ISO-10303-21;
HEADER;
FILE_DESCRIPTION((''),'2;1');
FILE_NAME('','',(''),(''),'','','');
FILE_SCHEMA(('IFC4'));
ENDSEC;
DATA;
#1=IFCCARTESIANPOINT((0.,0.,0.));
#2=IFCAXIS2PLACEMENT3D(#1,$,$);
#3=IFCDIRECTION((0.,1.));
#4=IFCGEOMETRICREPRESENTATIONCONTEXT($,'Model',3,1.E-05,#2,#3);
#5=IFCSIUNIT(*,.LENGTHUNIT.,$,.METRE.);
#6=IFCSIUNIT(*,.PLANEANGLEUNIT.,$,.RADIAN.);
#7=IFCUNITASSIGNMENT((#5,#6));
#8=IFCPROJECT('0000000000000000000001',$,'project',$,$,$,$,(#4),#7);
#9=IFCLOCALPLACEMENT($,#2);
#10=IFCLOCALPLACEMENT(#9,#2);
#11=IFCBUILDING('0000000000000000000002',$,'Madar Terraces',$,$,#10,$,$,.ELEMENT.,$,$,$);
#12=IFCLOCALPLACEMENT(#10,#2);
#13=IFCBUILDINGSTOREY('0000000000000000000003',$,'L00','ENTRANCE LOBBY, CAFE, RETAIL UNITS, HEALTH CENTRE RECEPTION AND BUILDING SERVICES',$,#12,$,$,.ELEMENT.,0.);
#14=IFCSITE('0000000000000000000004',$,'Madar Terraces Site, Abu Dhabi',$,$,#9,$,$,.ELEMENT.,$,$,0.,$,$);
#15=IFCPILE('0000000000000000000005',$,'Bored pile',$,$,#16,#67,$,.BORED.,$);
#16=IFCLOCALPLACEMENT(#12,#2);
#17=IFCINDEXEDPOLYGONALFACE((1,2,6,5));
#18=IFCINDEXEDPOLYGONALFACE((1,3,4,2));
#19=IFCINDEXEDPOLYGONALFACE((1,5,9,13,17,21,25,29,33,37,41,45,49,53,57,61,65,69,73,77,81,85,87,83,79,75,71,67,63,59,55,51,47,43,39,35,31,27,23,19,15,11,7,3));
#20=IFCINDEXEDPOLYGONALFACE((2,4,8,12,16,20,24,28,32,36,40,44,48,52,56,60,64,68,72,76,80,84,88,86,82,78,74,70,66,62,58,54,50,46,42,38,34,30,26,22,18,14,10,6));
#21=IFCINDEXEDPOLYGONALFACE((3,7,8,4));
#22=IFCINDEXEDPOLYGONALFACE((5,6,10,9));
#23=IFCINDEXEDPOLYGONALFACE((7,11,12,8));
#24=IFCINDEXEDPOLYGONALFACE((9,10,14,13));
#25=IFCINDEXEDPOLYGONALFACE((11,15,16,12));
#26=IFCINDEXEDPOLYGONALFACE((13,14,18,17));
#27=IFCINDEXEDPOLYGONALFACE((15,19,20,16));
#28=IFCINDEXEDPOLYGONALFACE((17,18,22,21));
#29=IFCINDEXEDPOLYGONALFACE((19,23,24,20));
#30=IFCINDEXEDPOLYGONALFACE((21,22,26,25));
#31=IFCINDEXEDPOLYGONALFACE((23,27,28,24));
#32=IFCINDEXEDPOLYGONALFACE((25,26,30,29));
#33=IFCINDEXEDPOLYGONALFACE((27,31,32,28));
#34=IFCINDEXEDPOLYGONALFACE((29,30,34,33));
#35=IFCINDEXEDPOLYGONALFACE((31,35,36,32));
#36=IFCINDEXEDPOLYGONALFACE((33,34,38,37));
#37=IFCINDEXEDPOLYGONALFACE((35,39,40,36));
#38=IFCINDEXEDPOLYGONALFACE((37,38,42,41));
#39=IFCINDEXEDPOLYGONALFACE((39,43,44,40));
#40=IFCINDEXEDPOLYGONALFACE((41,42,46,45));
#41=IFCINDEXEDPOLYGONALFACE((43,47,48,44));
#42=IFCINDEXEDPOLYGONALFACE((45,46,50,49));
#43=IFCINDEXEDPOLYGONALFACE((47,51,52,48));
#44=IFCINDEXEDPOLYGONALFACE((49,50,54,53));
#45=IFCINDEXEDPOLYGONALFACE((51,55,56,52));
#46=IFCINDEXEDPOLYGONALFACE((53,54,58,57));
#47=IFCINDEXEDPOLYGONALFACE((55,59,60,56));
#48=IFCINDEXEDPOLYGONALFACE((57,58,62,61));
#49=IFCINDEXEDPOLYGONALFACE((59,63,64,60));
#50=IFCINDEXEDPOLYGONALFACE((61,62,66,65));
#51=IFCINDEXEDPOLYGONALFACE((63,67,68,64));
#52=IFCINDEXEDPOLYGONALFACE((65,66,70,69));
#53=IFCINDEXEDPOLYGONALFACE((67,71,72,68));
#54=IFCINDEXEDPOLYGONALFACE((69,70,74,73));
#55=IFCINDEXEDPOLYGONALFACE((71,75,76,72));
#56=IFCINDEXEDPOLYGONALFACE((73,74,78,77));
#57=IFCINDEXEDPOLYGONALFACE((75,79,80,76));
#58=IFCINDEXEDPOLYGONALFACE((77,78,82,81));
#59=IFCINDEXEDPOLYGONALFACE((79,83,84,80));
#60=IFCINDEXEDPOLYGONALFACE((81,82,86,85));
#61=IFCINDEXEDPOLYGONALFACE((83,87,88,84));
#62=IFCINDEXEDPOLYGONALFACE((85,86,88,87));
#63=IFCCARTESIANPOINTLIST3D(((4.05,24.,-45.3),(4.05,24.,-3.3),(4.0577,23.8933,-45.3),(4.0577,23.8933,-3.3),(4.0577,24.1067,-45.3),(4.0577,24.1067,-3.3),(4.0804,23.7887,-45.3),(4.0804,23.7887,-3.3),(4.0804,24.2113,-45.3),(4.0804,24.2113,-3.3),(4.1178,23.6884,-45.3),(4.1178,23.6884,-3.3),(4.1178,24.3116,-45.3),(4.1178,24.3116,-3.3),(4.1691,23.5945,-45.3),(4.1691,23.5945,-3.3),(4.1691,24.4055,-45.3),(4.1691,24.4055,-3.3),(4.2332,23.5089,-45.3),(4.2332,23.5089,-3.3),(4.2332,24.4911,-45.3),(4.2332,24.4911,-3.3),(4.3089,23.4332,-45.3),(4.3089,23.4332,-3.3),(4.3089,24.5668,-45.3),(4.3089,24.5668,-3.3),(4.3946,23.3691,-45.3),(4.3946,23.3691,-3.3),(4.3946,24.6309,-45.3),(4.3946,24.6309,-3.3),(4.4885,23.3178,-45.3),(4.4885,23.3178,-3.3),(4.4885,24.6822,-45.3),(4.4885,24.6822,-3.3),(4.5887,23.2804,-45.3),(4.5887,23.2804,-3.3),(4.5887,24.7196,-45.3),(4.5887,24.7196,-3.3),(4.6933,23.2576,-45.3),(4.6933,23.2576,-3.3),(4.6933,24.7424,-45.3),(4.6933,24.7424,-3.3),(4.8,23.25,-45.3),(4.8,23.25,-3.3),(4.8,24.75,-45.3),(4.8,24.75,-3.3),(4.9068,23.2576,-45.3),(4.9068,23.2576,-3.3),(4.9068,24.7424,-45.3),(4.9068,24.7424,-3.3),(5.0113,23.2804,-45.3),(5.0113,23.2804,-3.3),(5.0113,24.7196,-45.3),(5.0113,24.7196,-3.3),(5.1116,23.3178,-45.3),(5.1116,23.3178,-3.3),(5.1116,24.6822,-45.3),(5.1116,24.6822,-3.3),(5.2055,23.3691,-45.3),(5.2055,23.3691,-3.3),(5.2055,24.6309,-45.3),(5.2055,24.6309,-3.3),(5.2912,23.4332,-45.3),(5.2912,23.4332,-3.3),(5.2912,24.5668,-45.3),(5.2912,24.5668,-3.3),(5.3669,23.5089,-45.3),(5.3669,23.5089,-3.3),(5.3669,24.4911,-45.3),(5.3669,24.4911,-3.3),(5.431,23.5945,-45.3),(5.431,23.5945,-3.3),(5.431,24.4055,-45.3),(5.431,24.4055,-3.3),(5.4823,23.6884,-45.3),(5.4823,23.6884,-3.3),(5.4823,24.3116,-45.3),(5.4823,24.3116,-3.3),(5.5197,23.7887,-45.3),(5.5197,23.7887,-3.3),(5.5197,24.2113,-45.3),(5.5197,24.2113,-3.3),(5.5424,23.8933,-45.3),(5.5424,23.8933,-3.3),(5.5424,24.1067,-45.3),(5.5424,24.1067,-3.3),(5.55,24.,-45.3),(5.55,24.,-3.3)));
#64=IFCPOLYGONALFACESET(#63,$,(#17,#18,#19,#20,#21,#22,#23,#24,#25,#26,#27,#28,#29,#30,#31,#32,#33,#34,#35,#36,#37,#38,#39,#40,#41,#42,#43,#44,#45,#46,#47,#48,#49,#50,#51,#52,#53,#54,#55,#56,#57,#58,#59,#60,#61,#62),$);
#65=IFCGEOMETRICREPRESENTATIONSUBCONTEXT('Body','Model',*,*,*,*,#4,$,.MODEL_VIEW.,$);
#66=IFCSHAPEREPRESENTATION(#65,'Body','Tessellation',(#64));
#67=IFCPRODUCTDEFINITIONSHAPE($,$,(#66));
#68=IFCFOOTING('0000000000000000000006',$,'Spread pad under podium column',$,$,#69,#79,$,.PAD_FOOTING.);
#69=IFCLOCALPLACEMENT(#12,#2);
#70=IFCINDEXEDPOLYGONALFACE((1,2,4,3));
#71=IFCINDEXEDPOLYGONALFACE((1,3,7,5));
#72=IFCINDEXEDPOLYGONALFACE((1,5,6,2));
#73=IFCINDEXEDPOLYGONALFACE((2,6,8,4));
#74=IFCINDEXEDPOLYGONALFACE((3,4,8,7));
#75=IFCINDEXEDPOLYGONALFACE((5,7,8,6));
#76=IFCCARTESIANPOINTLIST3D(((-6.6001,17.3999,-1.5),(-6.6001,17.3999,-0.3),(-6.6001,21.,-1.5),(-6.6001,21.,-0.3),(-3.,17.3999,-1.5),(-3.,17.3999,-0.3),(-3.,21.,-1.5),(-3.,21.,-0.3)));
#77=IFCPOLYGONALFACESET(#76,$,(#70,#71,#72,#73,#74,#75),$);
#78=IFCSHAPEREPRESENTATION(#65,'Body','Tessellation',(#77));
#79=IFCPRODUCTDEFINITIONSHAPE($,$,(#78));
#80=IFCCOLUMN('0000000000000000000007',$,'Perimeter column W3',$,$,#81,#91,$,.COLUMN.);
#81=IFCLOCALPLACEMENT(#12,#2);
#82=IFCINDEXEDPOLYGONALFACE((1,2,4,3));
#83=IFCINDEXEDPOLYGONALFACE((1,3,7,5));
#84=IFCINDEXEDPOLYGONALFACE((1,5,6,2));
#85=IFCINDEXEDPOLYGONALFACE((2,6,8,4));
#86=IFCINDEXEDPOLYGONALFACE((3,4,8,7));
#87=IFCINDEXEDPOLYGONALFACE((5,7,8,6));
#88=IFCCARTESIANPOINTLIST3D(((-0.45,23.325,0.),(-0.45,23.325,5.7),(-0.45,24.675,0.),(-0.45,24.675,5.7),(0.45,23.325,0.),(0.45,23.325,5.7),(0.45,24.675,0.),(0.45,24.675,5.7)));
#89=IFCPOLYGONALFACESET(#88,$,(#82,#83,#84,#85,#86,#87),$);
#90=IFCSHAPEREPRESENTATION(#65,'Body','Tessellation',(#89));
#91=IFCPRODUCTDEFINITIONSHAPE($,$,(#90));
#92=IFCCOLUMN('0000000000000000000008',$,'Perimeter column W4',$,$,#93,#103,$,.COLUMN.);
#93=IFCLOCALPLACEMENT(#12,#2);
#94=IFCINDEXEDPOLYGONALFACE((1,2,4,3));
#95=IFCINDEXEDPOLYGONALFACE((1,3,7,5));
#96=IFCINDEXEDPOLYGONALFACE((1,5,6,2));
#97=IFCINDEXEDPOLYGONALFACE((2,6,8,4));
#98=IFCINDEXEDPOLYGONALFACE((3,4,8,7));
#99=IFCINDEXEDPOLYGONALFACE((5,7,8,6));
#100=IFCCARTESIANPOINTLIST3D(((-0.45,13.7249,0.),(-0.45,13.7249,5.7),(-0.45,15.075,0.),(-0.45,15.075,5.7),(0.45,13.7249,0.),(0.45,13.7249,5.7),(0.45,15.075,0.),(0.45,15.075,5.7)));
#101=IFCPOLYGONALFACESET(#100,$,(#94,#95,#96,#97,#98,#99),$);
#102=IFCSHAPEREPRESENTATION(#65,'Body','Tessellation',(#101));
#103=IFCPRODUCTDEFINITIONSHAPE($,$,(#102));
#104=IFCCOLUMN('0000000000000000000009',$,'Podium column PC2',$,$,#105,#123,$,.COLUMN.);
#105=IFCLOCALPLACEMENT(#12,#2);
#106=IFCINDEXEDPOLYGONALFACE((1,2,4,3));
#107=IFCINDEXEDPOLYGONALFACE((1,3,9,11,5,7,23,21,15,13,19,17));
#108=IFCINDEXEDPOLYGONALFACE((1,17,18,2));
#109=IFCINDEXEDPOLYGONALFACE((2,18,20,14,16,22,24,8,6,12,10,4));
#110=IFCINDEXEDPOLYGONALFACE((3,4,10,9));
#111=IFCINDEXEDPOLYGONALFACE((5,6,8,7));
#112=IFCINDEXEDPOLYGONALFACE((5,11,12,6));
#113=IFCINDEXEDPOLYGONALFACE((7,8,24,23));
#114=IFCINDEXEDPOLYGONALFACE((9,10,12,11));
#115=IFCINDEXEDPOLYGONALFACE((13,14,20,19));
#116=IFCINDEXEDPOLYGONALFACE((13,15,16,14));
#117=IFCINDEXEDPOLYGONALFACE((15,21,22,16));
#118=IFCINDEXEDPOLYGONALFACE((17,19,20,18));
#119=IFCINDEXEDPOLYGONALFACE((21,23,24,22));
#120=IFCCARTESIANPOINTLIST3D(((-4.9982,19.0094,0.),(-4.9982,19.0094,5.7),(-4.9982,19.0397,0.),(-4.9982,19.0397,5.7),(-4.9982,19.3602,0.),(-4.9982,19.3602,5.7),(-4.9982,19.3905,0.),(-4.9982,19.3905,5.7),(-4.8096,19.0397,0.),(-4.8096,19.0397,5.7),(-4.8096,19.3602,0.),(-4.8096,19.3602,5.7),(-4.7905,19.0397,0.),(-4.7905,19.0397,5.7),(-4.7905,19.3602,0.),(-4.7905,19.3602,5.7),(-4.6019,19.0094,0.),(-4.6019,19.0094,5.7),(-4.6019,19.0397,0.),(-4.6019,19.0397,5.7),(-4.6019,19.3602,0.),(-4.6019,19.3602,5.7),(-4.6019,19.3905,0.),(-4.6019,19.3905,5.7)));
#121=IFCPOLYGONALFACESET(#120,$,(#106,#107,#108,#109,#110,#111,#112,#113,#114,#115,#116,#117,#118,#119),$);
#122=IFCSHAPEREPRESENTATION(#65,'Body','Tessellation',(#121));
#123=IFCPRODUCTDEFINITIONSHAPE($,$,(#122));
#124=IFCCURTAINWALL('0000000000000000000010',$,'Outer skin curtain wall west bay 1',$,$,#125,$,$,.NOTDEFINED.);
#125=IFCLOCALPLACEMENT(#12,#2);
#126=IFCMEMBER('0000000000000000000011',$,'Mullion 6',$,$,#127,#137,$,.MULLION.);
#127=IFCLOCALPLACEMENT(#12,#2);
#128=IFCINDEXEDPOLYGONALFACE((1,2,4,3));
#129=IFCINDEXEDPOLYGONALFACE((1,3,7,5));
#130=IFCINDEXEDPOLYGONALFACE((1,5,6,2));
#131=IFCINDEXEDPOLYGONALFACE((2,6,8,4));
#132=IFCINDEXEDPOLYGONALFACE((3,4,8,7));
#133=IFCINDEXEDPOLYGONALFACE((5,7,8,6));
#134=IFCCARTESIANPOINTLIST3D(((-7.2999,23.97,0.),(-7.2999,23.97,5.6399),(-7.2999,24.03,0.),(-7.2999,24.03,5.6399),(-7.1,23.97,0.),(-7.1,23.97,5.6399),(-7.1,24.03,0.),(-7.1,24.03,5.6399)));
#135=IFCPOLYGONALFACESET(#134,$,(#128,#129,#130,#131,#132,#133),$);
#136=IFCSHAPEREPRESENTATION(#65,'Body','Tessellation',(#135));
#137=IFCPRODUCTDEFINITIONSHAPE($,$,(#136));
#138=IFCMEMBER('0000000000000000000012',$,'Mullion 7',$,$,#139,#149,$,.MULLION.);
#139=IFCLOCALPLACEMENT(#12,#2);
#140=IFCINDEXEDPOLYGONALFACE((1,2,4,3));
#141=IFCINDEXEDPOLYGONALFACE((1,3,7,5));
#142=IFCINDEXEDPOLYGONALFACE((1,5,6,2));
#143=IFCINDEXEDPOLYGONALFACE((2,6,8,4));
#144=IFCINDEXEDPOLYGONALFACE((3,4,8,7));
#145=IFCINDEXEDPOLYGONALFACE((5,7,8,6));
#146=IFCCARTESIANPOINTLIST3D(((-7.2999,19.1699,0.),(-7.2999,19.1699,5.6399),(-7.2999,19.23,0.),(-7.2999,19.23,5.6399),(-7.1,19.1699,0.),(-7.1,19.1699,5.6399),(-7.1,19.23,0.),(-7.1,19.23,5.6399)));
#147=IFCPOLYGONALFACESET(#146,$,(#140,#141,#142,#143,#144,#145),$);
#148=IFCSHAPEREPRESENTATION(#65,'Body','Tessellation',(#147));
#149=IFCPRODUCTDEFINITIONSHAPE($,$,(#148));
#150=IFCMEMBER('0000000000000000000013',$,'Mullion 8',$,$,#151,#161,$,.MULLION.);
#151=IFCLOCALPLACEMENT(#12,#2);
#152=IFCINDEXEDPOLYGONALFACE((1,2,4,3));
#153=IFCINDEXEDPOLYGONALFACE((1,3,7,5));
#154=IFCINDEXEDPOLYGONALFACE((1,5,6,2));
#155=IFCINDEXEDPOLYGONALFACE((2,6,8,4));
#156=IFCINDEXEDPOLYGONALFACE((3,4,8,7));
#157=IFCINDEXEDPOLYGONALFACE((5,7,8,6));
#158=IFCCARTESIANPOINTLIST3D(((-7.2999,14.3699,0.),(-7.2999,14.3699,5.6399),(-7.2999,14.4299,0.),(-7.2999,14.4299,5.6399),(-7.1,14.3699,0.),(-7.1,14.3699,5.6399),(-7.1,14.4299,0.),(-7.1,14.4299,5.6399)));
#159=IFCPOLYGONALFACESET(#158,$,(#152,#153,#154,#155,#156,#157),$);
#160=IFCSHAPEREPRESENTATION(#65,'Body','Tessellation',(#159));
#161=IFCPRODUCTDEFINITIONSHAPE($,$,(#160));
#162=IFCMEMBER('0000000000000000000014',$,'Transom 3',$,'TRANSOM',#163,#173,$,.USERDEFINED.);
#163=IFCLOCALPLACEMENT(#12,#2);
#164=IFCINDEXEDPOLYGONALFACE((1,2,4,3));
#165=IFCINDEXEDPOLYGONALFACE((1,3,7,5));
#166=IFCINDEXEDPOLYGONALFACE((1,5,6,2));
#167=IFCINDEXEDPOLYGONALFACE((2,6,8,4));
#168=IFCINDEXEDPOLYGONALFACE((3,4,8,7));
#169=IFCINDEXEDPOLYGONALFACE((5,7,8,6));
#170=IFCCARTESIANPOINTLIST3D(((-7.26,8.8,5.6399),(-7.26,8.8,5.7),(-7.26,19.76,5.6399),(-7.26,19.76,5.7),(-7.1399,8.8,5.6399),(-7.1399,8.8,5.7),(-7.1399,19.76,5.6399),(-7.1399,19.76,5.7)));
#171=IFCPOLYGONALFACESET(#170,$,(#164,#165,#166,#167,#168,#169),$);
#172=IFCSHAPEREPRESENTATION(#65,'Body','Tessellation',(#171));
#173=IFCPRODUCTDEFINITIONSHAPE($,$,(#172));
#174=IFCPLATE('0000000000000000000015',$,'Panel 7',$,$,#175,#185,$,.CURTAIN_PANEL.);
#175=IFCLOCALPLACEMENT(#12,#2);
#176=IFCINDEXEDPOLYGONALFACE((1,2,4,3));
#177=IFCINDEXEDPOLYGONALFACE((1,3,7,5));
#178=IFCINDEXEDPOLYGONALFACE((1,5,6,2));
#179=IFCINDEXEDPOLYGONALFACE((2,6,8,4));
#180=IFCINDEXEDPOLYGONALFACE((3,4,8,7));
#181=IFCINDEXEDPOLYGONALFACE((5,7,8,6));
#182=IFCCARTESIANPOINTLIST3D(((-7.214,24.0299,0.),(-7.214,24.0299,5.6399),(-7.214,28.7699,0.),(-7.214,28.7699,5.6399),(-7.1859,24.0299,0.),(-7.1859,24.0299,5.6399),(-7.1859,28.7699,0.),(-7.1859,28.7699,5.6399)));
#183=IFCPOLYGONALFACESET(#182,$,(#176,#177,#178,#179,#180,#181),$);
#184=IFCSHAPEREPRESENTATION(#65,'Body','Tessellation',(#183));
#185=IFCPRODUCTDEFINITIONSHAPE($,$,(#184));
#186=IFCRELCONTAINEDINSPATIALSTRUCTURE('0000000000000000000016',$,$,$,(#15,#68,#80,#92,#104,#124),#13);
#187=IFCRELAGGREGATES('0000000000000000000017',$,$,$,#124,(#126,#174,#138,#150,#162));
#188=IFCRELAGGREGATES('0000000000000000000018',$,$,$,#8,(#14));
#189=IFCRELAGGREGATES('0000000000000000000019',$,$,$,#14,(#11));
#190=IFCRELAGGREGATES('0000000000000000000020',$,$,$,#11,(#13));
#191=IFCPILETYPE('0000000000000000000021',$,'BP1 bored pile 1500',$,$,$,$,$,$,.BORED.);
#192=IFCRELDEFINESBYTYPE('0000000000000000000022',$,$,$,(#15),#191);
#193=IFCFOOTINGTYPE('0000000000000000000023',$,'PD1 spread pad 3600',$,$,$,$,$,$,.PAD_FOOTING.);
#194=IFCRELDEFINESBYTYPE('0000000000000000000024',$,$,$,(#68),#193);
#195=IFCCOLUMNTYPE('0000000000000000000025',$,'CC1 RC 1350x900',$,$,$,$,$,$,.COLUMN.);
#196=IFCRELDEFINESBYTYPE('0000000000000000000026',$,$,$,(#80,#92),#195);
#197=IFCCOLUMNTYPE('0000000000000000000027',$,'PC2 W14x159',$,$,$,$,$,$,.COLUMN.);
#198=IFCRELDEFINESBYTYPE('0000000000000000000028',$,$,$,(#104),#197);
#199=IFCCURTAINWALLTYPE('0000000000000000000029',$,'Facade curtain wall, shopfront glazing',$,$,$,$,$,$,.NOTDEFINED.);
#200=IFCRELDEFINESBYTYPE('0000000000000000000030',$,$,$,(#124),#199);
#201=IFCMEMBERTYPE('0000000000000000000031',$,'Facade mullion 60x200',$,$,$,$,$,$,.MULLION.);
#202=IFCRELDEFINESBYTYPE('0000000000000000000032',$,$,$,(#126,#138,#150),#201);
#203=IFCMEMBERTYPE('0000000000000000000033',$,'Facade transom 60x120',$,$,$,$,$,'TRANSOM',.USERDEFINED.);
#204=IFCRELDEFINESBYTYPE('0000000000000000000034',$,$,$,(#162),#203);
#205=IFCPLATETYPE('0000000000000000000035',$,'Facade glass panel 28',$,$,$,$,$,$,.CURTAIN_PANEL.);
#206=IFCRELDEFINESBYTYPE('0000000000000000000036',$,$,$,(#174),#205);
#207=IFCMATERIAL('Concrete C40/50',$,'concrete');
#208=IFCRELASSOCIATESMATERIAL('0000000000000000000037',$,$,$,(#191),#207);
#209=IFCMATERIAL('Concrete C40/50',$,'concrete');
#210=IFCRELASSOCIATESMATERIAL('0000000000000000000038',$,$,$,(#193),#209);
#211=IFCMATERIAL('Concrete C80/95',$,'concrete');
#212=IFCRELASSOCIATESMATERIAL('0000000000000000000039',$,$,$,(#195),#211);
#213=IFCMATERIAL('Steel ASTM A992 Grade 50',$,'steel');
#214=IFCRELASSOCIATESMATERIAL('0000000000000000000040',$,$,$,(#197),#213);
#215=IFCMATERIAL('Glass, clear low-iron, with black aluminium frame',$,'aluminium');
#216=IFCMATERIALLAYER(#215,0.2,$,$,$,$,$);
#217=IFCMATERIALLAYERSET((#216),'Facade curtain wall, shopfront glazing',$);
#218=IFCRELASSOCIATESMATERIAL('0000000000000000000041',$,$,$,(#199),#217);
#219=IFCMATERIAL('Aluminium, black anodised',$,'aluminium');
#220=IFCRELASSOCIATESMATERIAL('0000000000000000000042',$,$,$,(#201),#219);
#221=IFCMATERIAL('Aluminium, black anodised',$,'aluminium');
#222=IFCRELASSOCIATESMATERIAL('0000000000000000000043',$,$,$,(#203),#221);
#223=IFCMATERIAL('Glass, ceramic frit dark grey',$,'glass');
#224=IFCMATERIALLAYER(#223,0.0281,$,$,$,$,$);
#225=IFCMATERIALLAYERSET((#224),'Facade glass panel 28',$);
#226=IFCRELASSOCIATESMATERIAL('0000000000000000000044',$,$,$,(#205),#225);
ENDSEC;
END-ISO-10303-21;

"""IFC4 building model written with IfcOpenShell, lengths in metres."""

from ifc_helpers import new_model, si_unit, direction, frame, origin, origin_2d, place, context, subcontext, project, spatial, rectangle, circle, i_section, extrude, material, layer, layer_set, material_profile, profile_set, type_object, element, aggregate, save


model = new_model("IFC4")

# Units and contexts
model_context = context("Model", 3, precision=1e-05, world=origin(), true_north=direction((0.0, 1.0)))
body_context = subcontext(model_context, "Body", "Model", "MODEL_VIEW")
ifc_project = project(units=[si_unit("LENGTHUNIT", "METRE"), si_unit("PLANEANGLEUNIT", "RADIAN")], contexts=[model_context])

# Site, building, storey
site_placement = place(None, origin())
site = spatial("IfcSite", under=ifc_project, at=site_placement, Name="Madar Terraces Site, Abu Dhabi", CompositionType="ELEMENT", RefElevation=0.0)
building_placement = place(site_placement, origin())
building = spatial("IfcBuilding", under=site, at=building_placement, Name="Madar Terraces", CompositionType="ELEMENT")
storey_placement = place(building_placement, origin())
storey = spatial("IfcBuildingStorey", under=building, at=storey_placement, Name="L00", Description="ENTRANCE LOBBY, CAFE, RETAIL UNITS, HEALTH CENTRE RECEPTION AND BUILDING SERVICES", CompositionType="ELEMENT", Elevation=0.0)

# Pile
ifc_material_1 = material(Name="Concrete C40/50", Category="concrete")
ifc_material_profile_1 = material_profile(ifc_material_1, circle(Radius=0.75, at=origin_2d()), Name="BP1 bored pile 1500")
ifc_profile_set_1 = profile_set([ifc_material_profile_1], Name="Concrete C40/50")
pile_type = type_object("IfcPileType", Name="BP1 bored pile 1500", PredefinedType="BORED", material=ifc_profile_set_1)
for number, where, z_axis, x_axis, name in (
    (1, (4.8, 24.0, -3.3), (0.0, 0.0, -1.0), (1.0, 0.0, 0.0), "Bored pile"),
):
    element("IfcPile", number, at=place(storey_placement, frame(where, z_axis=z_axis, x_axis=x_axis)), inside=storey, type_object=pile_type, Name=name, PredefinedType="BORED", context=body_context, shape_type="SweptSolid", body=[
        extrude(circle(Radius=0.75, at=origin_2d()), origin(), (0.0, 0.0, 1.0), 42.0),
    ])

# Footing
ifc_material_2 = material(Name="Concrete C40/50", Category="concrete")
footing_type = type_object("IfcFootingType", Name="PD1 spread pad 3600", PredefinedType="PAD_FOOTING", material=ifc_material_2)
footing_placement = place(storey_placement, frame((-4.8, 19.2, -1.5), z_axis=(0.0, 0.0, 1.0), x_axis=(1.0, 0.0, 0.0)))
element("IfcFooting", 2, at=footing_placement, inside=storey, type_object=footing_type, Name="Spread pad under podium column", PredefinedType="PAD_FOOTING", context=body_context, shape_type="SweptSolid", body=[
    extrude(rectangle(XDim=3.6001, YDim=3.6001, at=origin_2d()), origin(), (0.0, 0.0, 1.0), 1.2),
])

# Columns
ifc_material_3 = material(Name="Concrete C80/95", Category="concrete")
ifc_material_profile_2 = material_profile(ifc_material_3, rectangle(XDim=1.3501, YDim=0.8999, at=origin_2d()), Name="CC1 RC 1350x900")
ifc_profile_set_2 = profile_set([ifc_material_profile_2], Name="Concrete C80/95")
column_type_1 = type_object("IfcColumnType", Name="CC1 RC 1350x900", PredefinedType="COLUMN", material=ifc_profile_set_2)
for number, where, z_axis, x_axis, name in (
    (3, (0.0, 24.0, 0.0), (0.0, 0.0, 1.0), (0.0, 1.0, 0.0), "Perimeter column W3"),
    (4, (0.0, 14.3999, 0.0), (0.0, 0.0, 1.0), (0.0, 1.0, 0.0), "Perimeter column W4"),
):
    element("IfcColumn", number, at=place(storey_placement, frame(where, z_axis=z_axis, x_axis=x_axis)), inside=storey, type_object=column_type_1, Name=name, PredefinedType="COLUMN", context=body_context, shape_type="SweptSolid", body=[
        extrude(rectangle(XDim=1.3501, YDim=0.8999, at=origin_2d()), origin(), (0.0, 0.0, 1.0), 5.7),
    ])
ifc_material_4 = material(Name="Steel ASTM A992 Grade 50", Category="steel")
ifc_material_profile_3 = material_profile(ifc_material_4, i_section(OverallWidth=0.3962, OverallDepth=0.3811, WebThickness=0.019, FlangeThickness=0.0303, at=origin_2d()), Name="W14x159")
ifc_profile_set_3 = profile_set([ifc_material_profile_3], Name="Steel ASTM A992 Grade 50")
column_type_2 = type_object("IfcColumnType", Name="PC2 W14x159", PredefinedType="COLUMN", material=ifc_profile_set_3)
column_placement = place(storey_placement, frame((-4.8, 19.2, 0.0), z_axis=(0.0, 0.0, 1.0), x_axis=(1.0, 0.0, 0.0)))
element("IfcColumn", 5, at=column_placement, inside=storey, type_object=column_type_2, Name="Podium column PC2", PredefinedType="COLUMN", context=body_context, shape_type="SweptSolid", body=[
    extrude(i_section(OverallWidth=0.3962, OverallDepth=0.3811, WebThickness=0.019, FlangeThickness=0.0303, at=origin_2d()), origin(), (0.0, 0.0, 1.0), 5.7),
])

# Curtain wall, members, plate
ifc_material_5 = material(Name="Glass, clear low-iron, with black aluminium frame", Category="aluminium")
ifc_layer_1 = layer(ifc_material_5, 0.2)
ifc_layer_set_1 = layer_set([ifc_layer_1], Name="Facade curtain wall, shopfront glazing")
curtain_wall_type = type_object("IfcCurtainWallType", Name="Facade curtain wall, shopfront glazing", PredefinedType="NOTDEFINED", material=ifc_layer_set_1)
curtain_wall_placement = place(storey_placement, origin())
curtain_wall = element("IfcCurtainWall", 6, at=curtain_wall_placement, inside=storey, type_object=curtain_wall_type, Name="Outer skin curtain wall west bay 1", PredefinedType="NOTDEFINED")
ifc_material_6 = material(Name="Aluminium, black anodised", Category="aluminium")
ifc_material_profile_4 = material_profile(ifc_material_6, rectangle(XDim=0.2, YDim=0.0601, at=origin_2d()), Name="Facade mullion 60x200")
ifc_profile_set_4 = profile_set([ifc_material_profile_4], Name="Aluminium, black anodised")
member_type_1 = type_object("IfcMemberType", Name="Facade mullion 60x200", PredefinedType="MULLION", material=ifc_profile_set_4)
member_1_placement = place(storey_placement, frame((-7.2, 24.0, 0.0), z_axis=(0.0, 0.0, 1.0), x_axis=(1.0, 0.0, 0.0)))
member_1 = element("IfcMember", 7, at=member_1_placement, type_object=member_type_1, Name="Mullion 6", PredefinedType="MULLION", context=body_context, shape_type="SweptSolid", body=[
    extrude(rectangle(XDim=0.2, YDim=0.0601, at=origin_2d()), origin(), (0.0, 0.0, 1.0), 5.6399),
])
member_2_placement = place(storey_placement, frame((-7.2, 19.2, 0.0), z_axis=(0.0, 0.0, 1.0), x_axis=(1.0, 0.0, 0.0)))
member_2 = element("IfcMember", 8, at=member_2_placement, type_object=member_type_1, Name="Mullion 7", PredefinedType="MULLION", context=body_context, shape_type="SweptSolid", body=[
    extrude(rectangle(XDim=0.2, YDim=0.0601, at=origin_2d()), origin(), (0.0, 0.0, 1.0), 5.6399),
])
member_3_placement = place(storey_placement, frame((-7.2, 14.3999, 0.0), z_axis=(0.0, 0.0, 1.0), x_axis=(1.0, 0.0, 0.0)))
member_3 = element("IfcMember", 9, at=member_3_placement, type_object=member_type_1, Name="Mullion 8", PredefinedType="MULLION", context=body_context, shape_type="SweptSolid", body=[
    extrude(rectangle(XDim=0.2, YDim=0.0601, at=origin_2d()), origin(), (0.0, 0.0, 1.0), 5.6399),
])
ifc_material_7 = material(Name="Aluminium, black anodised", Category="aluminium")
ifc_material_profile_5 = material_profile(ifc_material_7, rectangle(XDim=0.1201, YDim=0.0601, at=origin_2d()), Name="Facade transom 60x120")
ifc_profile_set_5 = profile_set([ifc_material_profile_5], Name="Aluminium, black anodised")
member_type_2 = type_object("IfcMemberType", Name="Facade transom 60x120", ElementType="TRANSOM", PredefinedType="USERDEFINED", material=ifc_profile_set_5)
member_4_placement = place(storey_placement, frame((-7.2, 19.76, 5.6699), z_axis=(0.0, -1.0, 0.0), x_axis=(1.0, 0.0, 0.0)))
member_4 = element("IfcMember", 10, at=member_4_placement, type_object=member_type_2, Name="Transom 3", ObjectType="TRANSOM", PredefinedType="USERDEFINED", context=body_context, shape_type="SweptSolid", body=[
    extrude(rectangle(XDim=0.1201, YDim=0.0601, at=origin_2d()), origin(), (0.0, 0.0, 1.0), 10.96),
])
ifc_material_8 = material(Name="Glass, ceramic frit dark grey", Category="glass")
ifc_layer_2 = layer(ifc_material_8, 0.0281)
ifc_layer_set_2 = layer_set([ifc_layer_2], Name="Facade glass panel 28")
plate_type = type_object("IfcPlateType", Name="Facade glass panel 28", PredefinedType="CURTAIN_PANEL", material=ifc_layer_set_2)
plate_1_placement = place(storey_placement, frame((-7.2, 26.3999, 0.0), z_axis=(0.0, 0.0, 1.0), x_axis=(0.0, -1.0, 0.0)))
plate_1 = element("IfcPlate", 11, at=plate_1_placement, type_object=plate_type, Name="Panel 7", PredefinedType="CURTAIN_PANEL", context=body_context, shape_type="SweptSolid", body=[
    extrude(rectangle(XDim=4.74, YDim=0.0281, at=origin_2d()), origin(), (0.0, 0.0, 1.0), 5.6399),
])
aggregate(curtain_wall, [member_1, plate_1, member_2, member_3, member_4])

save(model, "model.ifc")
